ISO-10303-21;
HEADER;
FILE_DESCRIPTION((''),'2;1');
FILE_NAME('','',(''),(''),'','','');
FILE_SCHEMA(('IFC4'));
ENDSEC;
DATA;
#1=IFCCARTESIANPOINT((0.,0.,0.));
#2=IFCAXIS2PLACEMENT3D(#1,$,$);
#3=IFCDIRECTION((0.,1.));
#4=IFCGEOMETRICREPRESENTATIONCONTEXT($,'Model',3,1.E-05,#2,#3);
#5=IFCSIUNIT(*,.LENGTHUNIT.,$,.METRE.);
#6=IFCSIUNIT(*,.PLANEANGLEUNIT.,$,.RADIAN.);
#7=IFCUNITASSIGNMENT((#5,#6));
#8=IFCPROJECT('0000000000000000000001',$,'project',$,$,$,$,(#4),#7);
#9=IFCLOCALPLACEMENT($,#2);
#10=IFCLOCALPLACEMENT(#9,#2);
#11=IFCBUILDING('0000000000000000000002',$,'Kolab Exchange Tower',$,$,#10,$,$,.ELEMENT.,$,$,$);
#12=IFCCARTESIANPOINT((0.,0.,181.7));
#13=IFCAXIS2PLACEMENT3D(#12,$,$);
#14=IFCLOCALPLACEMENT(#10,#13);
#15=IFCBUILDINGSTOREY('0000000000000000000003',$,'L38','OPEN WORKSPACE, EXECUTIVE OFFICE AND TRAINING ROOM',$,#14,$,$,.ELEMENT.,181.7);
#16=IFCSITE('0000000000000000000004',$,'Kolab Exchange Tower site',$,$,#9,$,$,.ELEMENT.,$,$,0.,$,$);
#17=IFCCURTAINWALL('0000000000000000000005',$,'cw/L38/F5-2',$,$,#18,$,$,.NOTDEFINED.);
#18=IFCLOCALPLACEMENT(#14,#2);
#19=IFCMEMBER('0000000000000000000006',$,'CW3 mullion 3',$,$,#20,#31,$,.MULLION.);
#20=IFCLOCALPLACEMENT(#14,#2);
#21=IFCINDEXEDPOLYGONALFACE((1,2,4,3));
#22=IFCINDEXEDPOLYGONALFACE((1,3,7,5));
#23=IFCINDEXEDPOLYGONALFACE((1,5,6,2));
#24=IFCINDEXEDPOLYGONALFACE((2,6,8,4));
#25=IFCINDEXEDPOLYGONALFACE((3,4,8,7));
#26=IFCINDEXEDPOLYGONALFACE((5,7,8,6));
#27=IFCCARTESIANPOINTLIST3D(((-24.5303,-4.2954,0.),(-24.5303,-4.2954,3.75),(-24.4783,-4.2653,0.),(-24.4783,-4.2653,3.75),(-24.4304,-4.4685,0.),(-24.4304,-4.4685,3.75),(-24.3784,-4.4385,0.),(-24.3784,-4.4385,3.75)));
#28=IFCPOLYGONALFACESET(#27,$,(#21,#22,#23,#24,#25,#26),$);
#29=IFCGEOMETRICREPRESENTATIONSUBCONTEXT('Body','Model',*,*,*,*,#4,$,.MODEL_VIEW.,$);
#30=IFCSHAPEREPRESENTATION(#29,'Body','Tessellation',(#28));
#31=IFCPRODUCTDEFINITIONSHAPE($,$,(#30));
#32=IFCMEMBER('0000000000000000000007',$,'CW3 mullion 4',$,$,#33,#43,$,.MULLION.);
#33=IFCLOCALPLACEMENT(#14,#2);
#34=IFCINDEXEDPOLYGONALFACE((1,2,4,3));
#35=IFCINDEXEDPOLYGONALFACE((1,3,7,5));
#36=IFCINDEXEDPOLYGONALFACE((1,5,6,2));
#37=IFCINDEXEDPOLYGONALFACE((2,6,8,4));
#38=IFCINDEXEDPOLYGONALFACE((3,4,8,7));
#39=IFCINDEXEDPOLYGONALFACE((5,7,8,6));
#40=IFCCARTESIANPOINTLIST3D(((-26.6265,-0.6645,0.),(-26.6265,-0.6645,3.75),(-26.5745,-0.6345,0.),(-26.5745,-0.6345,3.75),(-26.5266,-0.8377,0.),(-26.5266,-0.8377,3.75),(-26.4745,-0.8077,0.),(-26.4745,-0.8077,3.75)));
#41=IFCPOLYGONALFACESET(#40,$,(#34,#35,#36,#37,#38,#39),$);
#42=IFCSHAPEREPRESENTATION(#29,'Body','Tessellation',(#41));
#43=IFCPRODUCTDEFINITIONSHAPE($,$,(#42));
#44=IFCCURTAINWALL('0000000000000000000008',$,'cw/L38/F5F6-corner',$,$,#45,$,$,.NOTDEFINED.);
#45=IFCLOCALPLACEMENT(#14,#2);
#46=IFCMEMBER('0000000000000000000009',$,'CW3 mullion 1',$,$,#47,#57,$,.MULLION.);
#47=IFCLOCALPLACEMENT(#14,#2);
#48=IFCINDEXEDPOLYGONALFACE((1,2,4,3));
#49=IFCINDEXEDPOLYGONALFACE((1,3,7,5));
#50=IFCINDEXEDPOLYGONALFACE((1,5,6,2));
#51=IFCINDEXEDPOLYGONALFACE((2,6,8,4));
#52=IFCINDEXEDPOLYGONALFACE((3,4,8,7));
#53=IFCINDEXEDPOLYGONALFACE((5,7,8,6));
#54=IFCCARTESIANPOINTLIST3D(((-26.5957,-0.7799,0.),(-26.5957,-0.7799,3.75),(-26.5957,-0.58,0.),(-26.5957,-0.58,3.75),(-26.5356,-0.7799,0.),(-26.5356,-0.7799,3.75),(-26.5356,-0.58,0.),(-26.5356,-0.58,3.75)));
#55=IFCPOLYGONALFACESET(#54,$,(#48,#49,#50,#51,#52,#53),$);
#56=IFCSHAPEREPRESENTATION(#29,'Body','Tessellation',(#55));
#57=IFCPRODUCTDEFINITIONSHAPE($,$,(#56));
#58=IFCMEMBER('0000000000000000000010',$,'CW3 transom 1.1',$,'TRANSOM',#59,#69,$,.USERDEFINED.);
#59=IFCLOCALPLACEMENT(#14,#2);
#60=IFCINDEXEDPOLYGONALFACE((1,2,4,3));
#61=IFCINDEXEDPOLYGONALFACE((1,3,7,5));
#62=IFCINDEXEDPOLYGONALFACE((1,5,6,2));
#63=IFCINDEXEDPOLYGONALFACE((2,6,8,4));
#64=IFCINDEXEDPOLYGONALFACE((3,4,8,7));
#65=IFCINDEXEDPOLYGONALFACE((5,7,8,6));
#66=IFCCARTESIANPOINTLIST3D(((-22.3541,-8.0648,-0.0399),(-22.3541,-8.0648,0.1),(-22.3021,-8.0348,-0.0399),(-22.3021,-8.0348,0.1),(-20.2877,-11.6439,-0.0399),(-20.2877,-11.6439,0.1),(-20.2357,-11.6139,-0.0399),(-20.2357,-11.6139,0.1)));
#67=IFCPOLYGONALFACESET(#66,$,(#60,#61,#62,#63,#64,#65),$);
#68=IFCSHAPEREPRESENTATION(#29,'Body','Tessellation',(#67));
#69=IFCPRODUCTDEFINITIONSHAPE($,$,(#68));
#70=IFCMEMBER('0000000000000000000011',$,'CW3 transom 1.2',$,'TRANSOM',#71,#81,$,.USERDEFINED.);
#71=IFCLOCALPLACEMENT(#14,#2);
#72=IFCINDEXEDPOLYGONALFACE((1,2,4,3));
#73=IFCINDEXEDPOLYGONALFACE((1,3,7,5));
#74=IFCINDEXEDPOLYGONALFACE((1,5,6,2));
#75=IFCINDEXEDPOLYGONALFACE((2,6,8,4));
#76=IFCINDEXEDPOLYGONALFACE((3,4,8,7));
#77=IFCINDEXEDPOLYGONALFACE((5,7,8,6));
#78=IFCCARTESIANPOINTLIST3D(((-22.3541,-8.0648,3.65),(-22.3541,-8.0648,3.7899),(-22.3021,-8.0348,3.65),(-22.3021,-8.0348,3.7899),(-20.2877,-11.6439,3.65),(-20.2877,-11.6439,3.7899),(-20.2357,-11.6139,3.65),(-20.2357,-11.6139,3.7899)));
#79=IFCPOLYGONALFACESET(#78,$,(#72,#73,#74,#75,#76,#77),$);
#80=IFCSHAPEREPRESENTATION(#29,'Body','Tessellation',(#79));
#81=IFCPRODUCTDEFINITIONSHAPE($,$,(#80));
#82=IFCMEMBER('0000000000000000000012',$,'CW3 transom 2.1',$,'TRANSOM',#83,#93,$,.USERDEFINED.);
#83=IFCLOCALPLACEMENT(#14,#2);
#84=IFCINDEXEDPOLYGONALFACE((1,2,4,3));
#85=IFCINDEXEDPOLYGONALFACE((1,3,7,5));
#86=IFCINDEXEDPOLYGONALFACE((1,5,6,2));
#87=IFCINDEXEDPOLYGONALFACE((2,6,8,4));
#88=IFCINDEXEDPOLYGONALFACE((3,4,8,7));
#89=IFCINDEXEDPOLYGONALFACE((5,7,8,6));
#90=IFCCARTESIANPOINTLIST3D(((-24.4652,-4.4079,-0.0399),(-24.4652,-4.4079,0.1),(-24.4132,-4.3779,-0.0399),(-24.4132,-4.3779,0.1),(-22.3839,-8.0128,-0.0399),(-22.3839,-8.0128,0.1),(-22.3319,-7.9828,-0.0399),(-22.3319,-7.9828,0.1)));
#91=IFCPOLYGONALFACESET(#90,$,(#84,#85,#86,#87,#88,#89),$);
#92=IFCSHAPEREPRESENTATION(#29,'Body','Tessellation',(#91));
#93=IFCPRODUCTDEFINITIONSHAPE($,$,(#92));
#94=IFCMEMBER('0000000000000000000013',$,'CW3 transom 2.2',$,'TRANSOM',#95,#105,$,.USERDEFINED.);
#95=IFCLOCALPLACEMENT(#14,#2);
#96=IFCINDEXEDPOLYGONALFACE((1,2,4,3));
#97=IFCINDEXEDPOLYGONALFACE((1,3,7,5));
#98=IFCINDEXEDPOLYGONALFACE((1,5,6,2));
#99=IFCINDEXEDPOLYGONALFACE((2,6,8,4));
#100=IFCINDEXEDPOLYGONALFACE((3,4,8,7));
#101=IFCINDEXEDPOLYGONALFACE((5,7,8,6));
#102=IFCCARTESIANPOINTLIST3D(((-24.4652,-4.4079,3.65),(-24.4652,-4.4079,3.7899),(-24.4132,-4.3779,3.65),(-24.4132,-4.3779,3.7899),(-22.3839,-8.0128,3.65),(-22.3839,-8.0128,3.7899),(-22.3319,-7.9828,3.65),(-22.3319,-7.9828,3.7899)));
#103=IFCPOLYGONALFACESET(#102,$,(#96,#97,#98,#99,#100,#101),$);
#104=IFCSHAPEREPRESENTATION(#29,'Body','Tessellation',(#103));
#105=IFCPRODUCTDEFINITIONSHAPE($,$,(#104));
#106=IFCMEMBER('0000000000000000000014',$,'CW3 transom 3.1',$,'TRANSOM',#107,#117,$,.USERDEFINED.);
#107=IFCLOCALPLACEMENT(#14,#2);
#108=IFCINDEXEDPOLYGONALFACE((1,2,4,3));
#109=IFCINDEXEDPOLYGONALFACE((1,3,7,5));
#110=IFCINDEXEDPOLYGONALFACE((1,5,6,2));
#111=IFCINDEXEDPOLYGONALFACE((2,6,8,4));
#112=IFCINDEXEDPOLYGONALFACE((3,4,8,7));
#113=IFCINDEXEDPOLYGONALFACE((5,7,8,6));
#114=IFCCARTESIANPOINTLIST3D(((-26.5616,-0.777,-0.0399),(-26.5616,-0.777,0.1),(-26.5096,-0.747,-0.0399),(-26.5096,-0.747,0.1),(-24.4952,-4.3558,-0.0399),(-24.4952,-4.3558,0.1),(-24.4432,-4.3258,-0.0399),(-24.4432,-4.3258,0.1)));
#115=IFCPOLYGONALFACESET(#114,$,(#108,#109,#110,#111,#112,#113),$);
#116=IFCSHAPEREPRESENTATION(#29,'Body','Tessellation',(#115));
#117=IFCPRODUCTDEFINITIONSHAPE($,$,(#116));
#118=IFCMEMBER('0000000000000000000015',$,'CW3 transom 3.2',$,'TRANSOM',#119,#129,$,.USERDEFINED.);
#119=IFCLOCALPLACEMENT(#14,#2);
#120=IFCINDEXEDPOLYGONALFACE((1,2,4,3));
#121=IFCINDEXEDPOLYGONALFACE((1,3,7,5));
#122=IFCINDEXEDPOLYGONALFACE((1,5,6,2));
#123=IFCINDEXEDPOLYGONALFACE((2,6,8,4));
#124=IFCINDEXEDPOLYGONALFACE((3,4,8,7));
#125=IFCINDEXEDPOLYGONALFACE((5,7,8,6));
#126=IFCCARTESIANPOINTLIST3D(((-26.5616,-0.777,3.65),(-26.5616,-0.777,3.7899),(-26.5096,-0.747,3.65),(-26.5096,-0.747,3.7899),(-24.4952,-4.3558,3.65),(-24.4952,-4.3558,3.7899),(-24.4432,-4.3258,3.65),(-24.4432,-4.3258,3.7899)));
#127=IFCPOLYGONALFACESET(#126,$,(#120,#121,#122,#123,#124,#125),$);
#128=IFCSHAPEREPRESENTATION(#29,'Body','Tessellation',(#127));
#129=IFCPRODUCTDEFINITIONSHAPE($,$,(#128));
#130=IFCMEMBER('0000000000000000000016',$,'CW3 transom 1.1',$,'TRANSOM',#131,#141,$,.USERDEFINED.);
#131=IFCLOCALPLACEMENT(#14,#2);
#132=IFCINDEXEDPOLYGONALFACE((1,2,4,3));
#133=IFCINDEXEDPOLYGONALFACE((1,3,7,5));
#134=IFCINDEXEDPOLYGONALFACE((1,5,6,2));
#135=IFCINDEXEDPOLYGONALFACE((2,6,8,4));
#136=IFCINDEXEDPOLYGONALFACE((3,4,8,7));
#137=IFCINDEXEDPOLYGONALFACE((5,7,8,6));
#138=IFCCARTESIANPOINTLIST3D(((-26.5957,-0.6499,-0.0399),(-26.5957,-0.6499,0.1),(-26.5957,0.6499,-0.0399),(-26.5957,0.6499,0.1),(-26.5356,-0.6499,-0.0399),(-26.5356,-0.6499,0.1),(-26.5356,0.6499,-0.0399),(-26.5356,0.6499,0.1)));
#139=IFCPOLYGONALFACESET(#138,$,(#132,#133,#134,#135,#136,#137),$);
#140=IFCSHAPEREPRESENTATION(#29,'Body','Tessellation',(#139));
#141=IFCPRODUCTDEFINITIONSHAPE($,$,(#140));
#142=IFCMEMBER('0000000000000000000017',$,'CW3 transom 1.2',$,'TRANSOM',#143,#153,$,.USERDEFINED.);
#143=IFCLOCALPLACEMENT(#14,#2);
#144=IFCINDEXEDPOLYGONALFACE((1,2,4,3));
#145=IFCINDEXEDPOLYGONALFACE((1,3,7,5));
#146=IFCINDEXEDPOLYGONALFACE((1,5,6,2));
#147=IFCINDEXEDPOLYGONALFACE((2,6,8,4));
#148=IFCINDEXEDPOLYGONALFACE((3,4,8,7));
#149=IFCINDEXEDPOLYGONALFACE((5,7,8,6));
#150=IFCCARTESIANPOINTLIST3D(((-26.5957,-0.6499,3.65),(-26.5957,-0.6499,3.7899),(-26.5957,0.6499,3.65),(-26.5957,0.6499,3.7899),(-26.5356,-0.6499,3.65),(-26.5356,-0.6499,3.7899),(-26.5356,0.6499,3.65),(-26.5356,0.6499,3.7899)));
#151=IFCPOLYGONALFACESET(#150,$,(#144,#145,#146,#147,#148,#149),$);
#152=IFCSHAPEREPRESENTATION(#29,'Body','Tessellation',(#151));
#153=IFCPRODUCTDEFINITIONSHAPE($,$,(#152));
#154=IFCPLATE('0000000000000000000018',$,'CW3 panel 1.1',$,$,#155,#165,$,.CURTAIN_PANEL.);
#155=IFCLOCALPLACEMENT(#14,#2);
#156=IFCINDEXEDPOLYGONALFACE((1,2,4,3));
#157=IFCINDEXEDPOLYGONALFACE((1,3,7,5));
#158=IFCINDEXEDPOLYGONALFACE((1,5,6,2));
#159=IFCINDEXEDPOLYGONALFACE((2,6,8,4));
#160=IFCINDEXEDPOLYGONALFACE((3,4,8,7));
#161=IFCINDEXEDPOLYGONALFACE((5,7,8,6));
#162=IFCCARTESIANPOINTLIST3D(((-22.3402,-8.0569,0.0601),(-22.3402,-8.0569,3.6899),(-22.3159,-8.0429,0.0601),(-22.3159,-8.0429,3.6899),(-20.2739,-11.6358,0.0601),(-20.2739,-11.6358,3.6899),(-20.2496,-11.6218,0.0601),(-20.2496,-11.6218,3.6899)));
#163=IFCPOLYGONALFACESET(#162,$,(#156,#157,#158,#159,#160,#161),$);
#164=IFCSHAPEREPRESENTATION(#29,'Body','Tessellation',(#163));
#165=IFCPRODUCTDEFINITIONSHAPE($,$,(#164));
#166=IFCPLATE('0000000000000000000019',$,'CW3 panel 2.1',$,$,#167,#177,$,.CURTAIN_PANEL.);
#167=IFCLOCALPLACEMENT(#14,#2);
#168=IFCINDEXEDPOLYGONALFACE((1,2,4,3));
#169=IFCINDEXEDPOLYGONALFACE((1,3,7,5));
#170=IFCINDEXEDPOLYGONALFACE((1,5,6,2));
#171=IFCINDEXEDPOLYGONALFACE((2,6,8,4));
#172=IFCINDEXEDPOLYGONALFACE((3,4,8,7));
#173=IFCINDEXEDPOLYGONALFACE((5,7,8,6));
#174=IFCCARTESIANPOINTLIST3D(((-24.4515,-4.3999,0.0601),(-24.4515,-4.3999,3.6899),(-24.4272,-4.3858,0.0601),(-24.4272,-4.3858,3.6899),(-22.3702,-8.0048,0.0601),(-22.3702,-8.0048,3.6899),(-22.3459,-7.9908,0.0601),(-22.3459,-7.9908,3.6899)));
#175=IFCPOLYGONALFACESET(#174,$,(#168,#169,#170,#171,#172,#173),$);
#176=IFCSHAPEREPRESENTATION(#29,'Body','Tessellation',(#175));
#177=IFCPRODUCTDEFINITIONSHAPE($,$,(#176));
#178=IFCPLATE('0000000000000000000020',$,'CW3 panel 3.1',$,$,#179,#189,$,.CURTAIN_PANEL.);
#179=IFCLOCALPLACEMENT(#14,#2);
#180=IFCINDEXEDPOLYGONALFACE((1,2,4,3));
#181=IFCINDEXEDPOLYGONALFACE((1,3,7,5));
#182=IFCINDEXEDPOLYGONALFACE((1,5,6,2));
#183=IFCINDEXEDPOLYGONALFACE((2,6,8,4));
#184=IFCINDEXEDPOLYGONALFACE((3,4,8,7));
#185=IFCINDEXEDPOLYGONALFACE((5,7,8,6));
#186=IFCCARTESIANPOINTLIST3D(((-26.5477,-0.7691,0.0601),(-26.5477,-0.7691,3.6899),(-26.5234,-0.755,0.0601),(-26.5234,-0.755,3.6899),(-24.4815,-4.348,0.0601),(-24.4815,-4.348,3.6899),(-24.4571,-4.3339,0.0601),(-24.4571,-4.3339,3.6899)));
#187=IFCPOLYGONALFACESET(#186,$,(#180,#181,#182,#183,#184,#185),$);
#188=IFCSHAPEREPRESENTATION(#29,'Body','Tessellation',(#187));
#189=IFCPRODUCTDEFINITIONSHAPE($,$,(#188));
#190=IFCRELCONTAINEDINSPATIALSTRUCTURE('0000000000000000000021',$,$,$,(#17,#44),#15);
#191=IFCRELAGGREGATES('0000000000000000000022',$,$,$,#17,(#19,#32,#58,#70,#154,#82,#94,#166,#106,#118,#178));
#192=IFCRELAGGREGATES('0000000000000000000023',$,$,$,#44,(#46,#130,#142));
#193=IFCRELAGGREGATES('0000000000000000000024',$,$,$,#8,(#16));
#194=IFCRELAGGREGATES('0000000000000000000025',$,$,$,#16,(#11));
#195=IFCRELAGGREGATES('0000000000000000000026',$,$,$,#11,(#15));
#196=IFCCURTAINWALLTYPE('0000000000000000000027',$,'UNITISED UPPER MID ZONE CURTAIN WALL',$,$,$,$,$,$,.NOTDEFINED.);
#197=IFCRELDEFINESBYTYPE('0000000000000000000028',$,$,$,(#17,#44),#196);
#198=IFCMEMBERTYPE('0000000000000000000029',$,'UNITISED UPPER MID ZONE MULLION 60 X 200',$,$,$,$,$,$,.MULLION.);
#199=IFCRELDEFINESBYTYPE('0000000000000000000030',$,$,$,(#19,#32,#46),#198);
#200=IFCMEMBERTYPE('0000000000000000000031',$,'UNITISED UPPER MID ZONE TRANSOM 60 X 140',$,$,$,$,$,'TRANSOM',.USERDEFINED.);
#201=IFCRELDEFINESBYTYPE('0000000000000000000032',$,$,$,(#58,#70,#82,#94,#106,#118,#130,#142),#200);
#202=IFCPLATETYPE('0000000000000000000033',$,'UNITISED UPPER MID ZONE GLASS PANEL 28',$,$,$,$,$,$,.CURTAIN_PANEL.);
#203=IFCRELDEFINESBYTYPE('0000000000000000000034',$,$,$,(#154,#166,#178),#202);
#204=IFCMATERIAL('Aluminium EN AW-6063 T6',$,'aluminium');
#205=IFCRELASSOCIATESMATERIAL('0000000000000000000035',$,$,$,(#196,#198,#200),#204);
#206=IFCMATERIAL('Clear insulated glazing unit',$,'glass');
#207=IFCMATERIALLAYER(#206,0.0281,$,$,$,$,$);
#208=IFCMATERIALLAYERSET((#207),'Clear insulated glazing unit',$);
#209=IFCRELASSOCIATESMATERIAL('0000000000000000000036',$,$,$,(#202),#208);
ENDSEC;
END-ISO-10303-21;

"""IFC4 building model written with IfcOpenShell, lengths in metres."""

from ifc_helpers import new_model, si_unit, direction, frame, origin, origin_2d, place, context, subcontext, project, spatial, rectangle, extrude, material, layer, layer_set, material_profile, profile_set, type_object, element, aggregate, save


model = new_model("IFC4")

# Units and contexts
model_context = context("Model", 3, precision=1e-05, world=origin(), true_north=direction((0.0, 1.0)))
body_context = subcontext(model_context, "Body", "Model", "MODEL_VIEW")
ifc_project = project(units=[si_unit("LENGTHUNIT", "METRE"), si_unit("PLANEANGLEUNIT", "RADIAN")], contexts=[model_context])

# Site, building, storey
site_placement = place(None, origin())
site = spatial("IfcSite", under=ifc_project, at=site_placement, Name="Kolab Exchange Tower site", CompositionType="ELEMENT", RefElevation=0.0)
building_placement = place(site_placement, origin())
building = spatial("IfcBuilding", under=site, at=building_placement, Name="Kolab Exchange Tower", CompositionType="ELEMENT")
storey_placement = place(building_placement, frame((0.0, 0.0, 181.7)))
storey = spatial("IfcBuildingStorey", under=building, at=storey_placement, Name="L38", Description="OPEN WORKSPACE, EXECUTIVE OFFICE AND TRAINING ROOM", CompositionType="ELEMENT", Elevation=181.7)

# Curtain wall, members
ifc_material_1 = material(Name="Aluminium EN AW-6063 T6", Category="aluminium")
curtain_wall_type = type_object("IfcCurtainWallType", Name="UNITISED UPPER MID ZONE CURTAIN WALL", PredefinedType="NOTDEFINED", material=ifc_material_1)
curtain_wall_1_placement = place(storey_placement, origin())
curtain_wall_1 = element("IfcCurtainWall", 1, at=curtain_wall_1_placement, inside=storey, type_object=curtain_wall_type, Name="cw/L38/F5-2", PredefinedType="NOTDEFINED")
ifc_material_profile_1 = material_profile(ifc_material_1, rectangle(XDim=0.0601, YDim=0.2, at=origin_2d()), Name="RECT 60X200")
ifc_profile_set_1 = profile_set([ifc_material_profile_1], Name="Aluminium EN AW-6063 T6")
member_type_1 = type_object("IfcMemberType", Name="UNITISED UPPER MID ZONE MULLION 60 X 200", PredefinedType="MULLION", material=ifc_profile_set_1)
member_1_placement = place(storey_placement, frame((-24.4543, -4.3669, 0.0), z_axis=(0.0, 0.0, 1.0), x_axis=(-0.866025, -0.5, 0.0)))
member_1 = element("IfcMember", 2, at=member_1_placement, type_object=member_type_1, Name="CW3 mullion 3", PredefinedType="MULLION", context=body_context, shape_type="SweptSolid", body=[
    extrude(rectangle(XDim=0.0601, YDim=0.2, at=origin_2d()), origin(), (0.0, 0.0, 1.0), 3.75),
])
member_2_placement = place(storey_placement, frame((-26.5505, -0.7361, 0.0), z_axis=(0.0, 0.0, 1.0), x_axis=(-0.866025, -0.5, 0.0)))
member_2 = element("IfcMember", 3, at=member_2_placement, type_object=member_type_1, Name="CW3 mullion 4", PredefinedType="MULLION", context=body_context, shape_type="SweptSolid", body=[
    extrude(rectangle(XDim=0.0601, YDim=0.2, at=origin_2d()), origin(), (0.0, 0.0, 1.0), 3.75),
])

# Curtain wall, member
curtain_wall_2_placement = place(storey_placement, origin())
curtain_wall_2 = element("IfcCurtainWall", 4, at=curtain_wall_2_placement, inside=storey, type_object=curtain_wall_type, Name="cw/L38/F5F6-corner", PredefinedType="NOTDEFINED")
member_3_placement = place(storey_placement, frame((-26.5657, -0.6799, 0.0), z_axis=(0.0, 0.0, 1.0), x_axis=(-1.0, 0.0, 0.0)))
member_3 = element("IfcMember", 5, at=member_3_placement, type_object=member_type_1, Name="CW3 mullion 1", PredefinedType="MULLION", context=body_context, shape_type="SweptSolid", body=[
    extrude(rectangle(XDim=0.0601, YDim=0.2, at=origin_2d()), origin(), (0.0, 0.0, 1.0), 3.75),
])

# Members
ifc_material_profile_2 = material_profile(ifc_material_1, rectangle(XDim=0.0601, YDim=0.1399, at=origin_2d()), Name="RECT 60X140")
ifc_profile_set_2 = profile_set([ifc_material_profile_2], Name="Aluminium EN AW-6063 T6")
member_type_2 = type_object("IfcMemberType", Name="UNITISED UPPER MID ZONE TRANSOM 60 X 140", ElementType="TRANSOM", PredefinedType="USERDEFINED", material=ifc_profile_set_2)
member_4_placement = place(storey_placement, frame((-20.2617, -11.6289, 0.03), z_axis=(-0.500002, 0.866024, 0.0), x_axis=(-0.866024, -0.500002, 0.0)))
member_4 = element("IfcMember", 6, at=member_4_placement, type_object=member_type_2, Name="CW3 transom 1.1", ObjectType="TRANSOM", PredefinedType="USERDEFINED", context=body_context, shape_type="SweptSolid", body=[
    extrude(rectangle(XDim=0.0601, YDim=0.1399, at=origin_2d()), origin(), (0.0, 0.0, 1.0), 4.1328),
])
member_5_placement = place(storey_placement, frame((-20.2617, -11.6289, 3.72), z_axis=(-0.500002, 0.866024, 0.0), x_axis=(-0.866024, -0.500002, 0.0)))
member_5 = element("IfcMember", 7, at=member_5_placement, type_object=member_type_2, Name="CW3 transom 1.2", ObjectType="TRANSOM", PredefinedType="USERDEFINED", context=body_context, shape_type="SweptSolid", body=[
    extrude(rectangle(XDim=0.0601, YDim=0.1399, at=origin_2d()), origin(), (0.0, 0.0, 1.0), 4.1328),
])
member_6_placement = place(storey_placement, frame((-22.3579, -7.9978, 0.03), z_axis=(-0.499993, 0.866029, 0.0), x_axis=(-0.866029, -0.499993, 0.0)))
member_6 = element("IfcMember", 8, at=member_6_placement, type_object=member_type_2, Name="CW3 transom 2.1", ObjectType="TRANSOM", PredefinedType="USERDEFINED", context=body_context, shape_type="SweptSolid", body=[
    extrude(rectangle(XDim=0.0601, YDim=0.1399, at=origin_2d()), origin(), (0.0, 0.0, 1.0), 4.1626),
])
member_7_placement = place(storey_placement, frame((-22.3579, -7.9978, 3.72), z_axis=(-0.499993, 0.866029, 0.0), x_axis=(-0.866029, -0.499993, 0.0)))
member_7 = element("IfcMember", 9, at=member_7_placement, type_object=member_type_2, Name="CW3 transom 2.2", ObjectType="TRANSOM", PredefinedType="USERDEFINED", context=body_context, shape_type="SweptSolid", body=[
    extrude(rectangle(XDim=0.0601, YDim=0.1399, at=origin_2d()), origin(), (0.0, 0.0, 1.0), 4.1626),
])
member_8_placement = place(storey_placement, frame((-24.4692, -4.3408, 0.03), z_axis=(-0.500028, 0.866009, 0.0), x_axis=(-0.866009, -0.500028, 0.0)))
member_8 = element("IfcMember", 10, at=member_8_placement, type_object=member_type_2, Name="CW3 transom 3.1", ObjectType="TRANSOM", PredefinedType="USERDEFINED", context=body_context, shape_type="SweptSolid", body=[
    extrude(rectangle(XDim=0.0601, YDim=0.1399, at=origin_2d()), origin(), (0.0, 0.0, 1.0), 4.1326),
])
member_9_placement = place(storey_placement, frame((-24.4692, -4.3408, 3.72), z_axis=(-0.500028, 0.866009, 0.0), x_axis=(-0.866009, -0.500028, 0.0)))
member_9 = element("IfcMember", 11, at=member_9_placement, type_object=member_type_2, Name="CW3 transom 3.2", ObjectType="TRANSOM", PredefinedType="USERDEFINED", context=body_context, shape_type="SweptSolid", body=[
    extrude(rectangle(XDim=0.0601, YDim=0.1399, at=origin_2d()), origin(), (0.0, 0.0, 1.0), 4.1326),
])
member_10_placement = place(storey_placement, frame((-26.5657, -0.6499, 0.03), z_axis=(0.0, 1.0, 0.0), x_axis=(-1.0, 0.0, 0.0)))
member_10 = element("IfcMember", 12, at=member_10_placement, type_object=member_type_2, Name="CW3 transom 1.1", ObjectType="TRANSOM", PredefinedType="USERDEFINED", context=body_context, shape_type="SweptSolid", body=[
    extrude(rectangle(XDim=0.0601, YDim=0.1399, at=origin_2d()), origin(), (0.0, 0.0, 1.0), 1.2998),
])
member_11_placement = place(storey_placement, frame((-26.5657, -0.6499, 3.72), z_axis=(0.0, 1.0, 0.0), x_axis=(-1.0, 0.0, 0.0)))
member_11 = element("IfcMember", 13, at=member_11_placement, type_object=member_type_2, Name="CW3 transom 1.2", ObjectType="TRANSOM", PredefinedType="USERDEFINED", context=body_context, shape_type="SweptSolid", body=[
    extrude(rectangle(XDim=0.0601, YDim=0.1399, at=origin_2d()), origin(), (0.0, 0.0, 1.0), 1.2998),
])

# Plates
ifc_material_2 = material(Name="Clear insulated glazing unit", Category="glass")
ifc_layer_1 = layer(ifc_material_2, 0.0281)
ifc_layer_set_1 = layer_set([ifc_layer_1], Name="Clear insulated glazing unit")
plate_type = type_object("IfcPlateType", Name="UNITISED UPPER MID ZONE GLASS PANEL 28", PredefinedType="CURTAIN_PANEL", material=ifc_layer_set_1)
plate_1_placement = place(storey_placement, frame((-21.2949, -9.8394, 0.0601), z_axis=(0.0, 0.0, 1.0), x_axis=(-0.5, 0.866025, 0.0)))
plate_1 = element("IfcPlate", 14, at=plate_1_placement, type_object=plate_type, Name="CW3 panel 1.1", PredefinedType="CURTAIN_PANEL", context=body_context, shape_type="SweptSolid", body=[
    extrude(rectangle(XDim=4.1326, YDim=0.0281, at=origin_2d()), origin(), (0.0, 0.0, 1.0), 3.6299),
])
plate_2_placement = place(storey_placement, frame((-23.3987, -6.1953, 0.0601), z_axis=(0.0, 0.0, 1.0), x_axis=(-0.5, 0.866025, 0.0)))
plate_2 = element("IfcPlate", 15, at=plate_2_placement, type_object=plate_type, Name="CW3 panel 2.1", PredefinedType="CURTAIN_PANEL", context=body_context, shape_type="SweptSolid", body=[
    extrude(rectangle(XDim=4.1626, YDim=0.0281, at=origin_2d()), origin(), (0.0, 0.0, 1.0), 3.6299),
])
plate_3_placement = place(storey_placement, frame((-25.5024, -2.5515, 0.0601), z_axis=(0.0, 0.0, 1.0), x_axis=(-0.5, 0.866025, 0.0)))
plate_3 = element("IfcPlate", 16, at=plate_3_placement, type_object=plate_type, Name="CW3 panel 3.1", PredefinedType="CURTAIN_PANEL", context=body_context, shape_type="SweptSolid", body=[
    extrude(rectangle(XDim=4.1326, YDim=0.0281, at=origin_2d()), origin(), (0.0, 0.0, 1.0), 3.6299),
])
aggregate(curtain_wall_1, [member_1, member_2, member_4, member_5, plate_1, member_6, member_7, plate_2, member_8, member_9, plate_3])
aggregate(curtain_wall_2, [member_3, member_10, member_11])

save(model, "model.ifc")
